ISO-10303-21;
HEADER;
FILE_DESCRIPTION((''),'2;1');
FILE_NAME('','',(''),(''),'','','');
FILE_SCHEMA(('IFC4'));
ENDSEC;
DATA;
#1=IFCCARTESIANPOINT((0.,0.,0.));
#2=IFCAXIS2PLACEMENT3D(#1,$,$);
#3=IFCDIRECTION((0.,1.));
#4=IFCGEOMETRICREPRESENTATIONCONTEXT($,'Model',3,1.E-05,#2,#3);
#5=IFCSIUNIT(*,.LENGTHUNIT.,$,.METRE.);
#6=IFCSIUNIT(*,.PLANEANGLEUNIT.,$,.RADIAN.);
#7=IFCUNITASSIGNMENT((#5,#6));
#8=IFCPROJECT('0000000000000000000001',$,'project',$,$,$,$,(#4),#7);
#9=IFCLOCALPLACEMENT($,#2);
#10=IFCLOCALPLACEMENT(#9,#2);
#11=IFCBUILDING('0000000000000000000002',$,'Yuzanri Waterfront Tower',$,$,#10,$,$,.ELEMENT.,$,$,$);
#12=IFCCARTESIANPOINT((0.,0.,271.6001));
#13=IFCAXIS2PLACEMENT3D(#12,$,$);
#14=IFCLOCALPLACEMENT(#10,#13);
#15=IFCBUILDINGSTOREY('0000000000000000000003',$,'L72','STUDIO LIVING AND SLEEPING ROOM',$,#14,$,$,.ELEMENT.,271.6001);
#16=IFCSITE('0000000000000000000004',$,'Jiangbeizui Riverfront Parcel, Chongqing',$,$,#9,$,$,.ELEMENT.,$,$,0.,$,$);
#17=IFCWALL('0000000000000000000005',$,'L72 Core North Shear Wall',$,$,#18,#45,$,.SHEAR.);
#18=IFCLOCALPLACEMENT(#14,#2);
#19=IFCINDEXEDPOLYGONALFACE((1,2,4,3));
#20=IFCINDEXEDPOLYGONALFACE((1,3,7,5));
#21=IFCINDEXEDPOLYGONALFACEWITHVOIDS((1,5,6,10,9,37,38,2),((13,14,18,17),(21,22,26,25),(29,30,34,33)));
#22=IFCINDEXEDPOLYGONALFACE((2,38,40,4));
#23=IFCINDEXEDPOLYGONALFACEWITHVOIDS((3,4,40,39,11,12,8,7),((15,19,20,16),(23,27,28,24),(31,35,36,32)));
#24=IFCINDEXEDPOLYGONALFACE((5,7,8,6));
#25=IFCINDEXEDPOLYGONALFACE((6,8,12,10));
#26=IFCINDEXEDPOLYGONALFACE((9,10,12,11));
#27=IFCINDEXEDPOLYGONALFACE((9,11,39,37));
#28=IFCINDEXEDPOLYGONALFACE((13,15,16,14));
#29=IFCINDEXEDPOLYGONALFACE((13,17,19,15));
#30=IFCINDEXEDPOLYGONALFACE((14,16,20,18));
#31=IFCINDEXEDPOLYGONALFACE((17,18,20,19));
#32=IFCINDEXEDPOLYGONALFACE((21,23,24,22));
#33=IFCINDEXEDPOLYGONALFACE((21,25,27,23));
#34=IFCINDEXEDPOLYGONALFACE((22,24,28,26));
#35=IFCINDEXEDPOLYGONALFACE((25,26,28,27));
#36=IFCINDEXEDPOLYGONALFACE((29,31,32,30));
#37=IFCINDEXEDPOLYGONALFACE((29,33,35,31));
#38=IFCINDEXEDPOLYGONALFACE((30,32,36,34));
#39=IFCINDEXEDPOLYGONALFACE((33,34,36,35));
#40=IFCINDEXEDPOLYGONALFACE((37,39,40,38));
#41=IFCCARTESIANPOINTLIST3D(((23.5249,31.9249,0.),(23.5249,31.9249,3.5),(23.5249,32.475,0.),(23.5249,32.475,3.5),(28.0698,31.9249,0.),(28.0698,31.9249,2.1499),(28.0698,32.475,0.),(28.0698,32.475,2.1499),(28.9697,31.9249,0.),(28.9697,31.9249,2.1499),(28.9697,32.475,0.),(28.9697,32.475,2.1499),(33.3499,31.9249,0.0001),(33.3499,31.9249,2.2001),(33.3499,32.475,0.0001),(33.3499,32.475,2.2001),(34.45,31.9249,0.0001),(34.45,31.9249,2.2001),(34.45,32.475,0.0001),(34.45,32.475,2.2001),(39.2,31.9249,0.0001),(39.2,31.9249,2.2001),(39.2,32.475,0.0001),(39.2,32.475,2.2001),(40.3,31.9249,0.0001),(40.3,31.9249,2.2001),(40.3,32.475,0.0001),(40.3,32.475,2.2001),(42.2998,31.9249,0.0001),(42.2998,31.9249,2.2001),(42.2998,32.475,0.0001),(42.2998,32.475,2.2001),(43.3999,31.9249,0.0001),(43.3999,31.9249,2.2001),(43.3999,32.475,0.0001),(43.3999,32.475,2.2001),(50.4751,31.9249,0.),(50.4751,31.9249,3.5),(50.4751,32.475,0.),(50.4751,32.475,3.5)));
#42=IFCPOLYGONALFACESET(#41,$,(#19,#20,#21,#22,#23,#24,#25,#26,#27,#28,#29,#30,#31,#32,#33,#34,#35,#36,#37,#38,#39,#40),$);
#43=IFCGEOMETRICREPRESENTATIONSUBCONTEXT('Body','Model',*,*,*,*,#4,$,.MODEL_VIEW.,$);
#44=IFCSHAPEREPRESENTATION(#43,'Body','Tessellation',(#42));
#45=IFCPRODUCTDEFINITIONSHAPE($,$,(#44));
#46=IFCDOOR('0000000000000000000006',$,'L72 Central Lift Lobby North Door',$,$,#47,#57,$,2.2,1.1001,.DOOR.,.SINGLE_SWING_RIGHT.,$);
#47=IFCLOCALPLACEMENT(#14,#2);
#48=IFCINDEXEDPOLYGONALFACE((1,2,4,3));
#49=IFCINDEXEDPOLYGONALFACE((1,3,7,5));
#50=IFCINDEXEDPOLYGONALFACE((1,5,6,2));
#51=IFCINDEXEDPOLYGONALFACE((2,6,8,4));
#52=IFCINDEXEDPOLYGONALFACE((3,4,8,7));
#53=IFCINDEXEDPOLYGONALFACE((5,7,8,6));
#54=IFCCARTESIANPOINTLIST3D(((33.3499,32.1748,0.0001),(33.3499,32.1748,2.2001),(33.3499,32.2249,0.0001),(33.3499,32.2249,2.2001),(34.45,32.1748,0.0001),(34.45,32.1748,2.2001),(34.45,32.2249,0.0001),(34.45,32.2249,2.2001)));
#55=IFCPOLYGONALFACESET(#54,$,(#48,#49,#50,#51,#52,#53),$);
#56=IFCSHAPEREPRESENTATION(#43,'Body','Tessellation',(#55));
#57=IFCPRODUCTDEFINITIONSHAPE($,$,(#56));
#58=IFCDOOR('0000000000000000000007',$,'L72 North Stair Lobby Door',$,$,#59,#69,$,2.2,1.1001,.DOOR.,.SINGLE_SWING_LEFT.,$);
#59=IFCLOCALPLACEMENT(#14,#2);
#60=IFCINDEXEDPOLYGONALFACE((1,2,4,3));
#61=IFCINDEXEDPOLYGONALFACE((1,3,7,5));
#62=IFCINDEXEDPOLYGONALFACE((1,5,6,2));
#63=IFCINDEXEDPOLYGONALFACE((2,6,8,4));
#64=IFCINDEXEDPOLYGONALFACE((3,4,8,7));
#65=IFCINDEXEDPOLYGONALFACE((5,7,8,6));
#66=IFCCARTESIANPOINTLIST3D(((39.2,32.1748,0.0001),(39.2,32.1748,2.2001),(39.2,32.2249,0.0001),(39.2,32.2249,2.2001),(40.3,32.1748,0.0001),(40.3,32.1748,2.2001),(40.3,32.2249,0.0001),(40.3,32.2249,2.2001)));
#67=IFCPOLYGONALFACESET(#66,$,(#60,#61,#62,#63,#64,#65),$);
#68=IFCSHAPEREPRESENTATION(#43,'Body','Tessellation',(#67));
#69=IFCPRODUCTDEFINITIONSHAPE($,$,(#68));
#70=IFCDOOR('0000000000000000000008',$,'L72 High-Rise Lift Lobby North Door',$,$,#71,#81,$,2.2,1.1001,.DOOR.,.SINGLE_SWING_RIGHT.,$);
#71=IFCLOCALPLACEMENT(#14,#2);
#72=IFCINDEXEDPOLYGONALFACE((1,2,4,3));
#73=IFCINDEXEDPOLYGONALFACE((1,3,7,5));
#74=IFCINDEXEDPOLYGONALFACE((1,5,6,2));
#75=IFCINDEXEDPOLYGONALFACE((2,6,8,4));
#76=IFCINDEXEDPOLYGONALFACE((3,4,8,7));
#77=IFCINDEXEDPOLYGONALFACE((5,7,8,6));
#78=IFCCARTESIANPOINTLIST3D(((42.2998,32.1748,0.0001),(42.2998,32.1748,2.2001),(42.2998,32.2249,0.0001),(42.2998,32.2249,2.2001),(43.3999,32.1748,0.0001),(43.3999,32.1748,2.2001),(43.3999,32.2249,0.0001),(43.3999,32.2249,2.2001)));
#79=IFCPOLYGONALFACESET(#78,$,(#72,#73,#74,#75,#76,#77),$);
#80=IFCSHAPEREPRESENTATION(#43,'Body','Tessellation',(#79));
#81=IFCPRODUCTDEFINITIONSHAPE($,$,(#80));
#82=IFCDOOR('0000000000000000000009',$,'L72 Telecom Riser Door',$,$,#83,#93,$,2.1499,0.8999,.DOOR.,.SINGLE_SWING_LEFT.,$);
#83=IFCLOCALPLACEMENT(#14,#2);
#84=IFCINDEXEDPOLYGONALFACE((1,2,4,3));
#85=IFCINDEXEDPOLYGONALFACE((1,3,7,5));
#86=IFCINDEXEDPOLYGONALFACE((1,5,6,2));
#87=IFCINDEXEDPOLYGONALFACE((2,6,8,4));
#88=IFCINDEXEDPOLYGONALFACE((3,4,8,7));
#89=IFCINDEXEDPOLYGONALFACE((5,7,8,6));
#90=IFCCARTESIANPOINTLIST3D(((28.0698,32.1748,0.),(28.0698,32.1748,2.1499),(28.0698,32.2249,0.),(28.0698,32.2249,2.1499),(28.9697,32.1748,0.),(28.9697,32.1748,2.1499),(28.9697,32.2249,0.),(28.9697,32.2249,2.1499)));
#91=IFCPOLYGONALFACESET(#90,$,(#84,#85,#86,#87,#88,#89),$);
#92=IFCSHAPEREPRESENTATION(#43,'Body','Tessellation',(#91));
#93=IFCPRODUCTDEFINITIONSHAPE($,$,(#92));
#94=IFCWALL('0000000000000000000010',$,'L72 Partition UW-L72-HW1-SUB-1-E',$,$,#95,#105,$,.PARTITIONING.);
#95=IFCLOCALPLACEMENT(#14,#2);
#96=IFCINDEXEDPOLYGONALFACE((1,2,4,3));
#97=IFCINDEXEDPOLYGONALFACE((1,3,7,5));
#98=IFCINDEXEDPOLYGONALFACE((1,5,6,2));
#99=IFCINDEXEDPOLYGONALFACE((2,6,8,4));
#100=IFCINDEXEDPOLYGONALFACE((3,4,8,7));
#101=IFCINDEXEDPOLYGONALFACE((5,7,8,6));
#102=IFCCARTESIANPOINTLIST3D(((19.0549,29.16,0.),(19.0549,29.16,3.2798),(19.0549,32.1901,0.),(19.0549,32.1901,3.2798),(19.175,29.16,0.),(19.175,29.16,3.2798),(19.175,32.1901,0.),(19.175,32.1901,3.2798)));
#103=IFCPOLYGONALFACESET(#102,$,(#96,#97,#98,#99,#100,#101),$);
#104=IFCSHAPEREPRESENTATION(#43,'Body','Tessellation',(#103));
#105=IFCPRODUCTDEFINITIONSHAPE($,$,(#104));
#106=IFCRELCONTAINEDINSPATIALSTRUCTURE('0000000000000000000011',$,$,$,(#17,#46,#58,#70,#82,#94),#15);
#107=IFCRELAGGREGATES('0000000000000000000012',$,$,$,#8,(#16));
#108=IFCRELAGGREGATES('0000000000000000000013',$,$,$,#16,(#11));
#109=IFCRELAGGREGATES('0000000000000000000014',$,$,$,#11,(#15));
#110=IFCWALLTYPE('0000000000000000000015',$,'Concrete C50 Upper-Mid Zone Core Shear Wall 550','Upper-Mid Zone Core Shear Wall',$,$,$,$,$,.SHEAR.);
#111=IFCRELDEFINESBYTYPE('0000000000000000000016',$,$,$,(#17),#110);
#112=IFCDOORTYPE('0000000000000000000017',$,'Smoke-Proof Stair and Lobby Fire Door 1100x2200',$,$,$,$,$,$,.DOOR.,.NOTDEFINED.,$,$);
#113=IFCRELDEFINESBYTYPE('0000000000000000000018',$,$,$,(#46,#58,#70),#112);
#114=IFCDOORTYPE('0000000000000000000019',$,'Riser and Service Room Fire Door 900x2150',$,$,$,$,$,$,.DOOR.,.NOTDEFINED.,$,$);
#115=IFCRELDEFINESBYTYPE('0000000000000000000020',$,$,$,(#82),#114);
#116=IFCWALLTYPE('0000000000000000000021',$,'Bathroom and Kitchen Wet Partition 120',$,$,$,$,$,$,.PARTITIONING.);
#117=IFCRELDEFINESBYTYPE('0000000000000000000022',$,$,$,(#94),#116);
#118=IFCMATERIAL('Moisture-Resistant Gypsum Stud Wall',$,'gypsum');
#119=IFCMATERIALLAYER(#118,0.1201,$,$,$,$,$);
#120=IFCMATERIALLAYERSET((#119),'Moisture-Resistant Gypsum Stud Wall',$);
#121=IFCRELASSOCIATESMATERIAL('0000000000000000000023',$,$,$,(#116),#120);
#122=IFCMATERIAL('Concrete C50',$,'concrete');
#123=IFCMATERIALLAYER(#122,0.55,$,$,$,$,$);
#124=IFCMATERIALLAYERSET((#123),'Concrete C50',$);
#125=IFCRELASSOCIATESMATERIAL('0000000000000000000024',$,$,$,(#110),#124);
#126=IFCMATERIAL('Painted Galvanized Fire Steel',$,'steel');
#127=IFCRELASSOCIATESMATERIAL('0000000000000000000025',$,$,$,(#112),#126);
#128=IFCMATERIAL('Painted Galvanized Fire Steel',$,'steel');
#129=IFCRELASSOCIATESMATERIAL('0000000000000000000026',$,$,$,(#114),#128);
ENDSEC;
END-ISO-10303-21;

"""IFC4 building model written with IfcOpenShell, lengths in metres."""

from ifc_helpers import new_model, si_unit, direction, frame, frame_2d, origin, place, context, subcontext, project, spatial, rectangle, extrude, source, transform, mapped, material, layer, layer_set, type_object, element, fill, save


model = new_model("IFC4")

# Units and contexts
model_context = context("Model", 3, precision=1e-05, world=origin(), true_north=direction((0.0, 1.0)))
body_context = subcontext(model_context, "Body", "Model", "MODEL_VIEW")
ifc_project = project(units=[si_unit("LENGTHUNIT", "METRE"), si_unit("PLANEANGLEUNIT", "RADIAN")], contexts=[model_context])

# Site, building, storey
site_placement = place(None, origin())
site = spatial("IfcSite", under=ifc_project, at=site_placement, Name="Jiangbeizui Riverfront Parcel, Chongqing", CompositionType="ELEMENT", RefElevation=0.0)
building_placement = place(site_placement, origin())
building = spatial("IfcBuilding", under=site, at=building_placement, Name="Yuzanri Waterfront Tower", CompositionType="ELEMENT")
storey_placement = place(building_placement, frame((0.0, 0.0, 271.6001)))
storey = spatial("IfcBuildingStorey", under=building, at=storey_placement, Name="L72", Description="STUDIO LIVING AND SLEEPING ROOM", CompositionType="ELEMENT", Elevation=271.6001)

# Shared definitions
ifc_material_1 = material(Name="Moisture-Resistant Gypsum Stud Wall", Category="gypsum")
ifc_layer_1 = layer(ifc_material_1, 0.1201)
ifc_layer_set_1 = layer_set([ifc_layer_1], Name="Moisture-Resistant Gypsum Stud Wall")
wall_type_1 = type_object("IfcWallType", Name="Bathroom and Kitchen Wet Partition 120", PredefinedType="PARTITIONING", material=ifc_layer_set_1)

# Wall, openings, doors
ifc_material_2 = material(Name="Concrete C50", Category="concrete")
ifc_layer_2 = layer(ifc_material_2, 0.55)
ifc_layer_set_2 = layer_set([ifc_layer_2], Name="Concrete C50")
wall_type_2 = type_object("IfcWallType", Name="Concrete C50 Upper-Mid Zone Core Shear Wall 550", Description="Upper-Mid Zone Core Shear Wall", PredefinedType="SHEAR", material=ifc_layer_set_2)
wall_1_placement = place(storey_placement, frame((23.5249, 32.2, 0.0), z_axis=(0.0, 0.0, 1.0), x_axis=(1.0, 0.0, 0.0)))
wall_1 = element("IfcWall", 1, at=wall_1_placement, inside=storey, type_object=wall_type_2, Name="L72 Core North Shear Wall", PredefinedType="SHEAR", context=body_context, shape_type="SweptSolid", body=[
    extrude(rectangle(XDim=26.9502, YDim=0.55, at=frame_2d((13.4751, 0.0))), origin(), (0.0, 0.0, 1.0), 3.5),
])
opening_1_placement = place(wall_1_placement, frame((4.5449, 0.0, 0.0)))
opening_1 = element("IfcOpeningElement", 2, at=opening_1_placement, cuts=wall_1, PredefinedType="OPENING", context=body_context, shape_type="SweptSolid", body=[
    extrude(rectangle(XDim=0.8999, YDim=2.1499, at=frame_2d((0.45, 1.075))), frame((0.0, 0.29, 0.0), z_axis=(0.0, -1.0, 0.0), x_axis=(1.0, 0.0, 0.0)), (0.0, 0.0, 1.0), 0.5798),
])
opening_2_placement = place(wall_1_placement, frame((9.825, 0.0, 0.0)))
opening_2 = element("IfcOpeningElement", 3, at=opening_2_placement, cuts=wall_1, PredefinedType="OPENING", context=body_context, shape_type="SweptSolid", body=[
    extrude(rectangle(XDim=1.1001, YDim=2.2, at=frame_2d((0.55, 1.1001))), frame((0.0, 0.29, 0.0), z_axis=(0.0, -1.0, 0.0), x_axis=(1.0, 0.0, 0.0)), (0.0, 0.0, 1.0), 0.5798),
])
opening_3_placement = place(wall_1_placement, frame((15.675, 0.0, 0.0)))
opening_3 = element("IfcOpeningElement", 4, at=opening_3_placement, cuts=wall_1, PredefinedType="OPENING", context=body_context, shape_type="SweptSolid", body=[
    extrude(rectangle(XDim=1.1001, YDim=2.2, at=frame_2d((0.55, 1.1001))), frame((0.0, 0.29, 0.0), z_axis=(0.0, -1.0, 0.0), x_axis=(1.0, 0.0, 0.0)), (0.0, 0.0, 1.0), 0.5798),
])
opening_4_placement = place(wall_1_placement, frame((18.7749, 0.0, 0.0)))
opening_4 = element("IfcOpeningElement", 5, at=opening_4_placement, cuts=wall_1, PredefinedType="OPENING", context=body_context, shape_type="SweptSolid", body=[
    extrude(rectangle(XDim=1.1001, YDim=2.2, at=frame_2d((0.55, 1.1001))), frame((0.0, 0.29, 0.0), z_axis=(0.0, -1.0, 0.0), x_axis=(1.0, 0.0, 0.0)), (0.0, 0.0, 1.0), 0.5798),
])
ifc_material_3 = material(Name="Painted Galvanized Fire Steel", Category="steel")
door_type_1 = type_object("IfcDoorType", Name="Smoke-Proof Stair and Lobby Fire Door 1100x2200", OperationType="NOTDEFINED", PredefinedType="DOOR", material=ifc_material_3)
shared_shape_1 = source(origin(), body_context, "Body", "SweptSolid", [
    extrude(rectangle(XDim=1.1001, YDim=2.2, at=frame_2d((0.55, 1.1001))), frame((0.0, 0.0249, 0.0), z_axis=(0.0, -1.0, 0.0), x_axis=(1.0, 0.0, 0.0)), (0.0, 0.0, 1.0), 0.05),
])
door_1_placement = place(opening_2_placement, origin())
door_1 = element("IfcDoor", 6, at=door_1_placement, inside=storey, type_object=door_type_1, Name="L72 Central Lift Lobby North Door", OperationType="SINGLE_SWING_RIGHT", OverallHeight=2.2, OverallWidth=1.1001, PredefinedType="DOOR", context=body_context, shape_type="MappedRepresentation", body=[
    mapped(shared_shape_1, transform((0.0, 0.0, 0.0), scale=1.0)),
])
fill(opening_2, door_1)
door_2_placement = place(opening_3_placement, origin())
door_2 = element("IfcDoor", 7, at=door_2_placement, inside=storey, type_object=door_type_1, Name="L72 North Stair Lobby Door", OperationType="SINGLE_SWING_LEFT", OverallHeight=2.2, OverallWidth=1.1001, PredefinedType="DOOR", context=body_context, shape_type="MappedRepresentation", body=[
    mapped(shared_shape_1, transform((0.0, 0.0, 0.0), scale=1.0)),
])
fill(opening_3, door_2)
door_3_placement = place(opening_4_placement, origin())
door_3 = element("IfcDoor", 8, at=door_3_placement, inside=storey, type_object=door_type_1, Name="L72 High-Rise Lift Lobby North Door", OperationType="SINGLE_SWING_RIGHT", OverallHeight=2.2, OverallWidth=1.1001, PredefinedType="DOOR", context=body_context, shape_type="MappedRepresentation", body=[
    mapped(shared_shape_1, transform((0.0, 0.0, 0.0), scale=1.0)),
])
fill(opening_4, door_3)
ifc_material_4 = material(Name="Painted Galvanized Fire Steel", Category="steel")
door_type_2 = type_object("IfcDoorType", Name="Riser and Service Room Fire Door 900x2150", OperationType="NOTDEFINED", PredefinedType="DOOR", material=ifc_material_4)
shared_shape_2 = source(origin(), body_context, "Body", "SweptSolid", [
    extrude(rectangle(XDim=0.8999, YDim=2.1499, at=frame_2d((0.45, 1.075))), frame((0.0, 0.0249, 0.0), z_axis=(0.0, -1.0, 0.0), x_axis=(1.0, 0.0, 0.0)), (0.0, 0.0, 1.0), 0.05),
])
door_4_placement = place(opening_1_placement, origin())
door_4 = element("IfcDoor", 9, at=door_4_placement, inside=storey, type_object=door_type_2, Name="L72 Telecom Riser Door", OperationType="SINGLE_SWING_LEFT", OverallHeight=2.1499, OverallWidth=0.8999, PredefinedType="DOOR", context=body_context, shape_type="MappedRepresentation", body=[
    mapped(shared_shape_2, transform((0.0, 0.0, 0.0), scale=1.0)),
])
fill(opening_1, door_4)

# Wall
shared_shape_3 = source(origin(), body_context, "Body", "SweptSolid", [
    extrude(rectangle(XDim=3.03, YDim=0.1201, at=frame_2d((1.5151, 0.0))), origin(), (0.0, 0.0, 1.0), 3.2798),
])
wall_2_placement = place(storey_placement, frame((19.115, 29.1599, 0.0), z_axis=(0.0, 0.0, 1.0), x_axis=(0.0, 1.0, 0.0)))
element("IfcWall", 10, at=wall_2_placement, inside=storey, type_object=wall_type_1, Name="L72 Partition UW-L72-HW1-SUB-1-E", PredefinedType="PARTITIONING", context=body_context, shape_type="MappedRepresentation", body=[
    mapped(shared_shape_3, transform((0.0, 0.0, 0.0), scale=1.0)),
])

save(model, "model.ifc")
